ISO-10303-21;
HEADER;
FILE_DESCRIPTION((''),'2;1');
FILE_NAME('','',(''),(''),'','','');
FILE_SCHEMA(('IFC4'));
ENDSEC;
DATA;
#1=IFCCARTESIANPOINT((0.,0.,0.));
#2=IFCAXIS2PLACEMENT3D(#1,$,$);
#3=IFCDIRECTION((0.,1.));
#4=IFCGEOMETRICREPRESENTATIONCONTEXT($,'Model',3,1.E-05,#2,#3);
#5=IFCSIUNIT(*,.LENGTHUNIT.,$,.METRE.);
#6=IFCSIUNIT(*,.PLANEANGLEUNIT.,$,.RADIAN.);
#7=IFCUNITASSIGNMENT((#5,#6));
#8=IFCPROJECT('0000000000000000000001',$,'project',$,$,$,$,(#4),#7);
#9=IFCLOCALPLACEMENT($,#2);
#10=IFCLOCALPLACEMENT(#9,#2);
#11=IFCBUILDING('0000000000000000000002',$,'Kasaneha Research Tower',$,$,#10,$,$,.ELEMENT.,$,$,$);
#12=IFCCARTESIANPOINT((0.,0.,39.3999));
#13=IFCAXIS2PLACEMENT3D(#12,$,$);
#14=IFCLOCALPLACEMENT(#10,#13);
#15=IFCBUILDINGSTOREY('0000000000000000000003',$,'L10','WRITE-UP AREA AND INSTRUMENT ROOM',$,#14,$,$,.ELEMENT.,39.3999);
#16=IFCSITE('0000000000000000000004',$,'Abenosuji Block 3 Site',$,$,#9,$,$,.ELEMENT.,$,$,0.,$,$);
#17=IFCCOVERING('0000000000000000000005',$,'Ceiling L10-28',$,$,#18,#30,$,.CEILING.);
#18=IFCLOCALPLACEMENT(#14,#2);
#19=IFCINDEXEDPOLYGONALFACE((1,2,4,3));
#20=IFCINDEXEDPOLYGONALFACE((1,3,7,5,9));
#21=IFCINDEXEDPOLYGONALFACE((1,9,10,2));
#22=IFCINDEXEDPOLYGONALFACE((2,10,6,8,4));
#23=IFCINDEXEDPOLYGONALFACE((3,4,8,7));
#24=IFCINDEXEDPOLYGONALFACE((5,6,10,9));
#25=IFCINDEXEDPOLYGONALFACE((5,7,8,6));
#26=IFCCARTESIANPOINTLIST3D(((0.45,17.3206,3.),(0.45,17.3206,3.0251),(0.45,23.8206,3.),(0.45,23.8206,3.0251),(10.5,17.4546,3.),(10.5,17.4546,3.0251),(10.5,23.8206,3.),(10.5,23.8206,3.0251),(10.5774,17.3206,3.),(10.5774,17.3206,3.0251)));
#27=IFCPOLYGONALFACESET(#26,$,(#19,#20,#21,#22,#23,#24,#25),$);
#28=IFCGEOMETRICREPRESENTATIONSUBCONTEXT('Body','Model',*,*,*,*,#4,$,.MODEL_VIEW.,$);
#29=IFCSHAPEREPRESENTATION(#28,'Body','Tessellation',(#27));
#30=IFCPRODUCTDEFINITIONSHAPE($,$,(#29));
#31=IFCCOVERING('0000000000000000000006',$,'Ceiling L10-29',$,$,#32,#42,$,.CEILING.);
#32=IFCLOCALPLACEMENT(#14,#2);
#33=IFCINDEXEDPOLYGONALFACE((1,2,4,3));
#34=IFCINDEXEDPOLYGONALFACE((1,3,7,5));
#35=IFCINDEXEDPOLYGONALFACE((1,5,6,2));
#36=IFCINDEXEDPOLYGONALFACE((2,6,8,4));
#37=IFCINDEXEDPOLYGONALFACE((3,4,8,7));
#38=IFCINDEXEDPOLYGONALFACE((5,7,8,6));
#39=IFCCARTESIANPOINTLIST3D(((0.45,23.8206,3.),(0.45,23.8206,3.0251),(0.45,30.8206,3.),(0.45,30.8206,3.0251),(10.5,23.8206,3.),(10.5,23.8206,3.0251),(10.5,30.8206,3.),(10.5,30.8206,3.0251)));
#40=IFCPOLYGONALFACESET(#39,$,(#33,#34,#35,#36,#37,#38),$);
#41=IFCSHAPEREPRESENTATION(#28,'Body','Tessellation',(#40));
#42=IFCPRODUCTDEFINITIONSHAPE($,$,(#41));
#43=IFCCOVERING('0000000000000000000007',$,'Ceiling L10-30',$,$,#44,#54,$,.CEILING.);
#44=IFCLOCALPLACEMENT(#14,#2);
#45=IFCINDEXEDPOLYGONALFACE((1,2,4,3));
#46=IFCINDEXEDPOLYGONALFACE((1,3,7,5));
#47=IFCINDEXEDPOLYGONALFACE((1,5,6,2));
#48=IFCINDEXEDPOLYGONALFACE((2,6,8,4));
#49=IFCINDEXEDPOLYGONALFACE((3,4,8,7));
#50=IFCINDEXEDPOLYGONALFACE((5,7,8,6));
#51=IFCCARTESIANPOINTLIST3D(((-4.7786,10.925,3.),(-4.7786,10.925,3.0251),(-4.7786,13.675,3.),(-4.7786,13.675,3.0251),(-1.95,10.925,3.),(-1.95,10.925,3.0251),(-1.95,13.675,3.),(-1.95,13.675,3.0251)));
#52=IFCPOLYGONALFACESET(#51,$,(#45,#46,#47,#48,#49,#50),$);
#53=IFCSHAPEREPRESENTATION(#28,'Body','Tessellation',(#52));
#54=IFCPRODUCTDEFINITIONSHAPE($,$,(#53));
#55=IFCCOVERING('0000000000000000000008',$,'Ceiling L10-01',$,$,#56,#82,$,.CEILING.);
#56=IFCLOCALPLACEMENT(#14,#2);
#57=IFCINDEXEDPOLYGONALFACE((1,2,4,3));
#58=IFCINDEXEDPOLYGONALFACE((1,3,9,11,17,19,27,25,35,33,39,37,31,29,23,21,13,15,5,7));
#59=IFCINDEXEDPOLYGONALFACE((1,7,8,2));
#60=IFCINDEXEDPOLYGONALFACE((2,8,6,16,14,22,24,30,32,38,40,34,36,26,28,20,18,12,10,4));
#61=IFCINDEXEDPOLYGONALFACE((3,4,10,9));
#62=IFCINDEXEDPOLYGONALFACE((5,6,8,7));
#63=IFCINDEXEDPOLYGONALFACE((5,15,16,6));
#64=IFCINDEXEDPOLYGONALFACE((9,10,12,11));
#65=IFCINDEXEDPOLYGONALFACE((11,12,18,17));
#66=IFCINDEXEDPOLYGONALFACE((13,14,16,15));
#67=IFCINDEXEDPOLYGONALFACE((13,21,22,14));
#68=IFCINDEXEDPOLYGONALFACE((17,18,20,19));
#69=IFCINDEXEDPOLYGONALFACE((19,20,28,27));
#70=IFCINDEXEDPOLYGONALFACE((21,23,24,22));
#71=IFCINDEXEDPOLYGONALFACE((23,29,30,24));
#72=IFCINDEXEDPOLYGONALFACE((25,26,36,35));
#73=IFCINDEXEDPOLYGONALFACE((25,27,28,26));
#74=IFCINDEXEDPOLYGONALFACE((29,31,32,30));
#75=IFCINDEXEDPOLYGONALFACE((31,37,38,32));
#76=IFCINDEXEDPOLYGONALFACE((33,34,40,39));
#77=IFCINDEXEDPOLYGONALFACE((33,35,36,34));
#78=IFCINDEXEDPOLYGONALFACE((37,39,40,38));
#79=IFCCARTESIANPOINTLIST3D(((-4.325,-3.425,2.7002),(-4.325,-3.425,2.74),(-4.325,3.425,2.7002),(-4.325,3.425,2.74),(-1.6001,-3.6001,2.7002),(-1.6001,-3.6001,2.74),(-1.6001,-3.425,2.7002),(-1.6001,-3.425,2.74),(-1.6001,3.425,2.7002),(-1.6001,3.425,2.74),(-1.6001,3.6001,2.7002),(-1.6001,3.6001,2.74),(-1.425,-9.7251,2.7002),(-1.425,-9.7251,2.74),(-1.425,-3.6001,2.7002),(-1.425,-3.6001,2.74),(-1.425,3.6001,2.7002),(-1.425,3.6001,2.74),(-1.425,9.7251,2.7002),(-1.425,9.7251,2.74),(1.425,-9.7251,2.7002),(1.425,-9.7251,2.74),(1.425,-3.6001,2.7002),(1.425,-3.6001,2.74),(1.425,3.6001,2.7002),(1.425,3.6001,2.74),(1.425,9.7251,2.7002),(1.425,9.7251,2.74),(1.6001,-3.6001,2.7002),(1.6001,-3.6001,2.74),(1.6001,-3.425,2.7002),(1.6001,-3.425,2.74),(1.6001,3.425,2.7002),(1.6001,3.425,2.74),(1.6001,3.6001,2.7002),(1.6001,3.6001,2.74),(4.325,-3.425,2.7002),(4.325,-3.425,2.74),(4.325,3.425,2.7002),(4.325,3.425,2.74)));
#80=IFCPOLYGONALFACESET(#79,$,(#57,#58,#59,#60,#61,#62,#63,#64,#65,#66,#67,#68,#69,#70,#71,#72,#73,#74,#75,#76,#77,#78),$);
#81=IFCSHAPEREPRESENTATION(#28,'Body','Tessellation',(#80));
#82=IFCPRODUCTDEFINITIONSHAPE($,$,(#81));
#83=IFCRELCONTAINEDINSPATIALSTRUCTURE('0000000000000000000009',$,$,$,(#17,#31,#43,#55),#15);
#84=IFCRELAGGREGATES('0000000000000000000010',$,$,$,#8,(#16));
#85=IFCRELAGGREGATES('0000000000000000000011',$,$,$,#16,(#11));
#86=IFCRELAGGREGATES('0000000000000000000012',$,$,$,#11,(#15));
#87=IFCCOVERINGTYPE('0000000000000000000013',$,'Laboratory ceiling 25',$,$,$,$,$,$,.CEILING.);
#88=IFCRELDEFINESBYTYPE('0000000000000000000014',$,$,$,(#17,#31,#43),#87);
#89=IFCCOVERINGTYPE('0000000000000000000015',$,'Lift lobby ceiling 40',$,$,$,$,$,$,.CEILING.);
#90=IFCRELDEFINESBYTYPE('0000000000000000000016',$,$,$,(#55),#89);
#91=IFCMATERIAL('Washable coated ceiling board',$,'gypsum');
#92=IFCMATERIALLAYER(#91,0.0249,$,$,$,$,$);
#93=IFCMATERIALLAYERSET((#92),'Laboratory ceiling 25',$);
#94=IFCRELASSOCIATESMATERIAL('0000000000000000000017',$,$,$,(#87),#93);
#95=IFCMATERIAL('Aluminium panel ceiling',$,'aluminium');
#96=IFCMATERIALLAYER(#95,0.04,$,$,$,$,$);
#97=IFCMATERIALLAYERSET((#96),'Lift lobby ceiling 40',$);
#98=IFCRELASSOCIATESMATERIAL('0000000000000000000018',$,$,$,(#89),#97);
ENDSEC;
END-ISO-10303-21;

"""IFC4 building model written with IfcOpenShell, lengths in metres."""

from ifc_helpers import new_model, si_unit, direction, frame, origin, place, context, subcontext, project, spatial, polyline, outline, extrude, material, layer, layer_set, type_object, element, save


model = new_model("IFC4")

# Units and contexts
model_context = context("Model", 3, precision=1e-05, world=origin(), true_north=direction((0.0, 1.0)))
body_context = subcontext(model_context, "Body", "Model", "MODEL_VIEW")
ifc_project = project(units=[si_unit("LENGTHUNIT", "METRE"), si_unit("PLANEANGLEUNIT", "RADIAN")], contexts=[model_context])

# Site, building, storey
site_placement = place(None, origin())
site = spatial("IfcSite", under=ifc_project, at=site_placement, Name="Abenosuji Block 3 Site", CompositionType="ELEMENT", RefElevation=0.0)
building_placement = place(site_placement, origin())
building = spatial("IfcBuilding", under=site, at=building_placement, Name="Kasaneha Research Tower", CompositionType="ELEMENT")
storey_placement = place(building_placement, frame((0.0, 0.0, 39.3999)))
storey = spatial("IfcBuildingStorey", under=building, at=storey_placement, Name="L10", Description="WRITE-UP AREA AND INSTRUMENT ROOM", CompositionType="ELEMENT", Elevation=39.3999)

# Coverings
ifc_material_1 = material(Name="Washable coated ceiling board", Category="gypsum")
ifc_layer_1 = layer(ifc_material_1, 0.0249)
ifc_layer_set_1 = layer_set([ifc_layer_1], Name="Laboratory ceiling 25")
covering_type_1 = type_object("IfcCoveringType", Name="Laboratory ceiling 25", PredefinedType="CEILING", material=ifc_layer_set_1)
covering_1_placement = place(storey_placement, frame((0.0, 0.0, 3.0)))
element("IfcCovering", 1, at=covering_1_placement, inside=storey, type_object=covering_type_1, Name="Ceiling L10-28", PredefinedType="CEILING", context=body_context, shape_type="SweptSolid", body=[
    extrude(outline(polyline([(10.5, 23.8206), (10.5, 17.4546), (10.5774, 17.3206), (0.45, 17.3206), (0.45, 23.8206), (10.5, 23.8206)])), origin(), (0.0, 0.0, 1.0), 0.0251),
])
covering_2_placement = place(storey_placement, frame((0.0, 0.0, 3.0)))
element("IfcCovering", 2, at=covering_2_placement, inside=storey, type_object=covering_type_1, Name="Ceiling L10-29", PredefinedType="CEILING", context=body_context, shape_type="SweptSolid", body=[
    extrude(outline(polyline([(10.5, 30.8206), (10.5, 23.8206), (0.45, 23.8206), (0.45, 30.8206), (10.5, 30.8206)])), origin(), (0.0, 0.0, 1.0), 0.0251),
])
covering_3_placement = place(storey_placement, frame((0.0, 0.0, 3.0)))
element("IfcCovering", 3, at=covering_3_placement, inside=storey, type_object=covering_type_1, Name="Ceiling L10-30", PredefinedType="CEILING", context=body_context, shape_type="SweptSolid", body=[
    extrude(outline(polyline([(-4.7786, 10.925), (-4.7786, 13.675), (-1.95, 13.675), (-1.95, 10.925), (-4.7786, 10.925)])), origin(), (0.0, 0.0, 1.0), 0.0251),
])
ifc_material_2 = material(Name="Aluminium panel ceiling", Category="aluminium")
ifc_layer_2 = layer(ifc_material_2, 0.04)
ifc_layer_set_2 = layer_set([ifc_layer_2], Name="Lift lobby ceiling 40")
covering_type_2 = type_object("IfcCoveringType", Name="Lift lobby ceiling 40", PredefinedType="CEILING", material=ifc_layer_set_2)
covering_4_placement = place(storey_placement, frame((0.0, 0.0, 2.7002)))
element("IfcCovering", 4, at=covering_4_placement, inside=storey, type_object=covering_type_2, Name="Ceiling L10-01", PredefinedType="CEILING", context=body_context, shape_type="SweptSolid", body=[
    extrude(outline(polyline([(1.425, 9.7251), (1.425, 3.6001), (1.6001, 3.6001), (1.6001, 3.425), (4.325, 3.425), (4.325, -3.425), (1.6001, -3.425), (1.6001, -3.6001), (1.425, -3.6001), (1.425, -9.7251), (-1.425, -9.7251), (-1.425, -3.6001), (-1.6001, -3.6001), (-1.6001, -3.425), (-4.325, -3.425), (-4.325, 3.425), (-1.6001, 3.425), (-1.6001, 3.6001), (-1.425, 3.6001), (-1.425, 9.7251), (1.425, 9.7251)])), origin(), (0.0, 0.0, 1.0), 0.0398),
])

save(model, "model.ifc")
